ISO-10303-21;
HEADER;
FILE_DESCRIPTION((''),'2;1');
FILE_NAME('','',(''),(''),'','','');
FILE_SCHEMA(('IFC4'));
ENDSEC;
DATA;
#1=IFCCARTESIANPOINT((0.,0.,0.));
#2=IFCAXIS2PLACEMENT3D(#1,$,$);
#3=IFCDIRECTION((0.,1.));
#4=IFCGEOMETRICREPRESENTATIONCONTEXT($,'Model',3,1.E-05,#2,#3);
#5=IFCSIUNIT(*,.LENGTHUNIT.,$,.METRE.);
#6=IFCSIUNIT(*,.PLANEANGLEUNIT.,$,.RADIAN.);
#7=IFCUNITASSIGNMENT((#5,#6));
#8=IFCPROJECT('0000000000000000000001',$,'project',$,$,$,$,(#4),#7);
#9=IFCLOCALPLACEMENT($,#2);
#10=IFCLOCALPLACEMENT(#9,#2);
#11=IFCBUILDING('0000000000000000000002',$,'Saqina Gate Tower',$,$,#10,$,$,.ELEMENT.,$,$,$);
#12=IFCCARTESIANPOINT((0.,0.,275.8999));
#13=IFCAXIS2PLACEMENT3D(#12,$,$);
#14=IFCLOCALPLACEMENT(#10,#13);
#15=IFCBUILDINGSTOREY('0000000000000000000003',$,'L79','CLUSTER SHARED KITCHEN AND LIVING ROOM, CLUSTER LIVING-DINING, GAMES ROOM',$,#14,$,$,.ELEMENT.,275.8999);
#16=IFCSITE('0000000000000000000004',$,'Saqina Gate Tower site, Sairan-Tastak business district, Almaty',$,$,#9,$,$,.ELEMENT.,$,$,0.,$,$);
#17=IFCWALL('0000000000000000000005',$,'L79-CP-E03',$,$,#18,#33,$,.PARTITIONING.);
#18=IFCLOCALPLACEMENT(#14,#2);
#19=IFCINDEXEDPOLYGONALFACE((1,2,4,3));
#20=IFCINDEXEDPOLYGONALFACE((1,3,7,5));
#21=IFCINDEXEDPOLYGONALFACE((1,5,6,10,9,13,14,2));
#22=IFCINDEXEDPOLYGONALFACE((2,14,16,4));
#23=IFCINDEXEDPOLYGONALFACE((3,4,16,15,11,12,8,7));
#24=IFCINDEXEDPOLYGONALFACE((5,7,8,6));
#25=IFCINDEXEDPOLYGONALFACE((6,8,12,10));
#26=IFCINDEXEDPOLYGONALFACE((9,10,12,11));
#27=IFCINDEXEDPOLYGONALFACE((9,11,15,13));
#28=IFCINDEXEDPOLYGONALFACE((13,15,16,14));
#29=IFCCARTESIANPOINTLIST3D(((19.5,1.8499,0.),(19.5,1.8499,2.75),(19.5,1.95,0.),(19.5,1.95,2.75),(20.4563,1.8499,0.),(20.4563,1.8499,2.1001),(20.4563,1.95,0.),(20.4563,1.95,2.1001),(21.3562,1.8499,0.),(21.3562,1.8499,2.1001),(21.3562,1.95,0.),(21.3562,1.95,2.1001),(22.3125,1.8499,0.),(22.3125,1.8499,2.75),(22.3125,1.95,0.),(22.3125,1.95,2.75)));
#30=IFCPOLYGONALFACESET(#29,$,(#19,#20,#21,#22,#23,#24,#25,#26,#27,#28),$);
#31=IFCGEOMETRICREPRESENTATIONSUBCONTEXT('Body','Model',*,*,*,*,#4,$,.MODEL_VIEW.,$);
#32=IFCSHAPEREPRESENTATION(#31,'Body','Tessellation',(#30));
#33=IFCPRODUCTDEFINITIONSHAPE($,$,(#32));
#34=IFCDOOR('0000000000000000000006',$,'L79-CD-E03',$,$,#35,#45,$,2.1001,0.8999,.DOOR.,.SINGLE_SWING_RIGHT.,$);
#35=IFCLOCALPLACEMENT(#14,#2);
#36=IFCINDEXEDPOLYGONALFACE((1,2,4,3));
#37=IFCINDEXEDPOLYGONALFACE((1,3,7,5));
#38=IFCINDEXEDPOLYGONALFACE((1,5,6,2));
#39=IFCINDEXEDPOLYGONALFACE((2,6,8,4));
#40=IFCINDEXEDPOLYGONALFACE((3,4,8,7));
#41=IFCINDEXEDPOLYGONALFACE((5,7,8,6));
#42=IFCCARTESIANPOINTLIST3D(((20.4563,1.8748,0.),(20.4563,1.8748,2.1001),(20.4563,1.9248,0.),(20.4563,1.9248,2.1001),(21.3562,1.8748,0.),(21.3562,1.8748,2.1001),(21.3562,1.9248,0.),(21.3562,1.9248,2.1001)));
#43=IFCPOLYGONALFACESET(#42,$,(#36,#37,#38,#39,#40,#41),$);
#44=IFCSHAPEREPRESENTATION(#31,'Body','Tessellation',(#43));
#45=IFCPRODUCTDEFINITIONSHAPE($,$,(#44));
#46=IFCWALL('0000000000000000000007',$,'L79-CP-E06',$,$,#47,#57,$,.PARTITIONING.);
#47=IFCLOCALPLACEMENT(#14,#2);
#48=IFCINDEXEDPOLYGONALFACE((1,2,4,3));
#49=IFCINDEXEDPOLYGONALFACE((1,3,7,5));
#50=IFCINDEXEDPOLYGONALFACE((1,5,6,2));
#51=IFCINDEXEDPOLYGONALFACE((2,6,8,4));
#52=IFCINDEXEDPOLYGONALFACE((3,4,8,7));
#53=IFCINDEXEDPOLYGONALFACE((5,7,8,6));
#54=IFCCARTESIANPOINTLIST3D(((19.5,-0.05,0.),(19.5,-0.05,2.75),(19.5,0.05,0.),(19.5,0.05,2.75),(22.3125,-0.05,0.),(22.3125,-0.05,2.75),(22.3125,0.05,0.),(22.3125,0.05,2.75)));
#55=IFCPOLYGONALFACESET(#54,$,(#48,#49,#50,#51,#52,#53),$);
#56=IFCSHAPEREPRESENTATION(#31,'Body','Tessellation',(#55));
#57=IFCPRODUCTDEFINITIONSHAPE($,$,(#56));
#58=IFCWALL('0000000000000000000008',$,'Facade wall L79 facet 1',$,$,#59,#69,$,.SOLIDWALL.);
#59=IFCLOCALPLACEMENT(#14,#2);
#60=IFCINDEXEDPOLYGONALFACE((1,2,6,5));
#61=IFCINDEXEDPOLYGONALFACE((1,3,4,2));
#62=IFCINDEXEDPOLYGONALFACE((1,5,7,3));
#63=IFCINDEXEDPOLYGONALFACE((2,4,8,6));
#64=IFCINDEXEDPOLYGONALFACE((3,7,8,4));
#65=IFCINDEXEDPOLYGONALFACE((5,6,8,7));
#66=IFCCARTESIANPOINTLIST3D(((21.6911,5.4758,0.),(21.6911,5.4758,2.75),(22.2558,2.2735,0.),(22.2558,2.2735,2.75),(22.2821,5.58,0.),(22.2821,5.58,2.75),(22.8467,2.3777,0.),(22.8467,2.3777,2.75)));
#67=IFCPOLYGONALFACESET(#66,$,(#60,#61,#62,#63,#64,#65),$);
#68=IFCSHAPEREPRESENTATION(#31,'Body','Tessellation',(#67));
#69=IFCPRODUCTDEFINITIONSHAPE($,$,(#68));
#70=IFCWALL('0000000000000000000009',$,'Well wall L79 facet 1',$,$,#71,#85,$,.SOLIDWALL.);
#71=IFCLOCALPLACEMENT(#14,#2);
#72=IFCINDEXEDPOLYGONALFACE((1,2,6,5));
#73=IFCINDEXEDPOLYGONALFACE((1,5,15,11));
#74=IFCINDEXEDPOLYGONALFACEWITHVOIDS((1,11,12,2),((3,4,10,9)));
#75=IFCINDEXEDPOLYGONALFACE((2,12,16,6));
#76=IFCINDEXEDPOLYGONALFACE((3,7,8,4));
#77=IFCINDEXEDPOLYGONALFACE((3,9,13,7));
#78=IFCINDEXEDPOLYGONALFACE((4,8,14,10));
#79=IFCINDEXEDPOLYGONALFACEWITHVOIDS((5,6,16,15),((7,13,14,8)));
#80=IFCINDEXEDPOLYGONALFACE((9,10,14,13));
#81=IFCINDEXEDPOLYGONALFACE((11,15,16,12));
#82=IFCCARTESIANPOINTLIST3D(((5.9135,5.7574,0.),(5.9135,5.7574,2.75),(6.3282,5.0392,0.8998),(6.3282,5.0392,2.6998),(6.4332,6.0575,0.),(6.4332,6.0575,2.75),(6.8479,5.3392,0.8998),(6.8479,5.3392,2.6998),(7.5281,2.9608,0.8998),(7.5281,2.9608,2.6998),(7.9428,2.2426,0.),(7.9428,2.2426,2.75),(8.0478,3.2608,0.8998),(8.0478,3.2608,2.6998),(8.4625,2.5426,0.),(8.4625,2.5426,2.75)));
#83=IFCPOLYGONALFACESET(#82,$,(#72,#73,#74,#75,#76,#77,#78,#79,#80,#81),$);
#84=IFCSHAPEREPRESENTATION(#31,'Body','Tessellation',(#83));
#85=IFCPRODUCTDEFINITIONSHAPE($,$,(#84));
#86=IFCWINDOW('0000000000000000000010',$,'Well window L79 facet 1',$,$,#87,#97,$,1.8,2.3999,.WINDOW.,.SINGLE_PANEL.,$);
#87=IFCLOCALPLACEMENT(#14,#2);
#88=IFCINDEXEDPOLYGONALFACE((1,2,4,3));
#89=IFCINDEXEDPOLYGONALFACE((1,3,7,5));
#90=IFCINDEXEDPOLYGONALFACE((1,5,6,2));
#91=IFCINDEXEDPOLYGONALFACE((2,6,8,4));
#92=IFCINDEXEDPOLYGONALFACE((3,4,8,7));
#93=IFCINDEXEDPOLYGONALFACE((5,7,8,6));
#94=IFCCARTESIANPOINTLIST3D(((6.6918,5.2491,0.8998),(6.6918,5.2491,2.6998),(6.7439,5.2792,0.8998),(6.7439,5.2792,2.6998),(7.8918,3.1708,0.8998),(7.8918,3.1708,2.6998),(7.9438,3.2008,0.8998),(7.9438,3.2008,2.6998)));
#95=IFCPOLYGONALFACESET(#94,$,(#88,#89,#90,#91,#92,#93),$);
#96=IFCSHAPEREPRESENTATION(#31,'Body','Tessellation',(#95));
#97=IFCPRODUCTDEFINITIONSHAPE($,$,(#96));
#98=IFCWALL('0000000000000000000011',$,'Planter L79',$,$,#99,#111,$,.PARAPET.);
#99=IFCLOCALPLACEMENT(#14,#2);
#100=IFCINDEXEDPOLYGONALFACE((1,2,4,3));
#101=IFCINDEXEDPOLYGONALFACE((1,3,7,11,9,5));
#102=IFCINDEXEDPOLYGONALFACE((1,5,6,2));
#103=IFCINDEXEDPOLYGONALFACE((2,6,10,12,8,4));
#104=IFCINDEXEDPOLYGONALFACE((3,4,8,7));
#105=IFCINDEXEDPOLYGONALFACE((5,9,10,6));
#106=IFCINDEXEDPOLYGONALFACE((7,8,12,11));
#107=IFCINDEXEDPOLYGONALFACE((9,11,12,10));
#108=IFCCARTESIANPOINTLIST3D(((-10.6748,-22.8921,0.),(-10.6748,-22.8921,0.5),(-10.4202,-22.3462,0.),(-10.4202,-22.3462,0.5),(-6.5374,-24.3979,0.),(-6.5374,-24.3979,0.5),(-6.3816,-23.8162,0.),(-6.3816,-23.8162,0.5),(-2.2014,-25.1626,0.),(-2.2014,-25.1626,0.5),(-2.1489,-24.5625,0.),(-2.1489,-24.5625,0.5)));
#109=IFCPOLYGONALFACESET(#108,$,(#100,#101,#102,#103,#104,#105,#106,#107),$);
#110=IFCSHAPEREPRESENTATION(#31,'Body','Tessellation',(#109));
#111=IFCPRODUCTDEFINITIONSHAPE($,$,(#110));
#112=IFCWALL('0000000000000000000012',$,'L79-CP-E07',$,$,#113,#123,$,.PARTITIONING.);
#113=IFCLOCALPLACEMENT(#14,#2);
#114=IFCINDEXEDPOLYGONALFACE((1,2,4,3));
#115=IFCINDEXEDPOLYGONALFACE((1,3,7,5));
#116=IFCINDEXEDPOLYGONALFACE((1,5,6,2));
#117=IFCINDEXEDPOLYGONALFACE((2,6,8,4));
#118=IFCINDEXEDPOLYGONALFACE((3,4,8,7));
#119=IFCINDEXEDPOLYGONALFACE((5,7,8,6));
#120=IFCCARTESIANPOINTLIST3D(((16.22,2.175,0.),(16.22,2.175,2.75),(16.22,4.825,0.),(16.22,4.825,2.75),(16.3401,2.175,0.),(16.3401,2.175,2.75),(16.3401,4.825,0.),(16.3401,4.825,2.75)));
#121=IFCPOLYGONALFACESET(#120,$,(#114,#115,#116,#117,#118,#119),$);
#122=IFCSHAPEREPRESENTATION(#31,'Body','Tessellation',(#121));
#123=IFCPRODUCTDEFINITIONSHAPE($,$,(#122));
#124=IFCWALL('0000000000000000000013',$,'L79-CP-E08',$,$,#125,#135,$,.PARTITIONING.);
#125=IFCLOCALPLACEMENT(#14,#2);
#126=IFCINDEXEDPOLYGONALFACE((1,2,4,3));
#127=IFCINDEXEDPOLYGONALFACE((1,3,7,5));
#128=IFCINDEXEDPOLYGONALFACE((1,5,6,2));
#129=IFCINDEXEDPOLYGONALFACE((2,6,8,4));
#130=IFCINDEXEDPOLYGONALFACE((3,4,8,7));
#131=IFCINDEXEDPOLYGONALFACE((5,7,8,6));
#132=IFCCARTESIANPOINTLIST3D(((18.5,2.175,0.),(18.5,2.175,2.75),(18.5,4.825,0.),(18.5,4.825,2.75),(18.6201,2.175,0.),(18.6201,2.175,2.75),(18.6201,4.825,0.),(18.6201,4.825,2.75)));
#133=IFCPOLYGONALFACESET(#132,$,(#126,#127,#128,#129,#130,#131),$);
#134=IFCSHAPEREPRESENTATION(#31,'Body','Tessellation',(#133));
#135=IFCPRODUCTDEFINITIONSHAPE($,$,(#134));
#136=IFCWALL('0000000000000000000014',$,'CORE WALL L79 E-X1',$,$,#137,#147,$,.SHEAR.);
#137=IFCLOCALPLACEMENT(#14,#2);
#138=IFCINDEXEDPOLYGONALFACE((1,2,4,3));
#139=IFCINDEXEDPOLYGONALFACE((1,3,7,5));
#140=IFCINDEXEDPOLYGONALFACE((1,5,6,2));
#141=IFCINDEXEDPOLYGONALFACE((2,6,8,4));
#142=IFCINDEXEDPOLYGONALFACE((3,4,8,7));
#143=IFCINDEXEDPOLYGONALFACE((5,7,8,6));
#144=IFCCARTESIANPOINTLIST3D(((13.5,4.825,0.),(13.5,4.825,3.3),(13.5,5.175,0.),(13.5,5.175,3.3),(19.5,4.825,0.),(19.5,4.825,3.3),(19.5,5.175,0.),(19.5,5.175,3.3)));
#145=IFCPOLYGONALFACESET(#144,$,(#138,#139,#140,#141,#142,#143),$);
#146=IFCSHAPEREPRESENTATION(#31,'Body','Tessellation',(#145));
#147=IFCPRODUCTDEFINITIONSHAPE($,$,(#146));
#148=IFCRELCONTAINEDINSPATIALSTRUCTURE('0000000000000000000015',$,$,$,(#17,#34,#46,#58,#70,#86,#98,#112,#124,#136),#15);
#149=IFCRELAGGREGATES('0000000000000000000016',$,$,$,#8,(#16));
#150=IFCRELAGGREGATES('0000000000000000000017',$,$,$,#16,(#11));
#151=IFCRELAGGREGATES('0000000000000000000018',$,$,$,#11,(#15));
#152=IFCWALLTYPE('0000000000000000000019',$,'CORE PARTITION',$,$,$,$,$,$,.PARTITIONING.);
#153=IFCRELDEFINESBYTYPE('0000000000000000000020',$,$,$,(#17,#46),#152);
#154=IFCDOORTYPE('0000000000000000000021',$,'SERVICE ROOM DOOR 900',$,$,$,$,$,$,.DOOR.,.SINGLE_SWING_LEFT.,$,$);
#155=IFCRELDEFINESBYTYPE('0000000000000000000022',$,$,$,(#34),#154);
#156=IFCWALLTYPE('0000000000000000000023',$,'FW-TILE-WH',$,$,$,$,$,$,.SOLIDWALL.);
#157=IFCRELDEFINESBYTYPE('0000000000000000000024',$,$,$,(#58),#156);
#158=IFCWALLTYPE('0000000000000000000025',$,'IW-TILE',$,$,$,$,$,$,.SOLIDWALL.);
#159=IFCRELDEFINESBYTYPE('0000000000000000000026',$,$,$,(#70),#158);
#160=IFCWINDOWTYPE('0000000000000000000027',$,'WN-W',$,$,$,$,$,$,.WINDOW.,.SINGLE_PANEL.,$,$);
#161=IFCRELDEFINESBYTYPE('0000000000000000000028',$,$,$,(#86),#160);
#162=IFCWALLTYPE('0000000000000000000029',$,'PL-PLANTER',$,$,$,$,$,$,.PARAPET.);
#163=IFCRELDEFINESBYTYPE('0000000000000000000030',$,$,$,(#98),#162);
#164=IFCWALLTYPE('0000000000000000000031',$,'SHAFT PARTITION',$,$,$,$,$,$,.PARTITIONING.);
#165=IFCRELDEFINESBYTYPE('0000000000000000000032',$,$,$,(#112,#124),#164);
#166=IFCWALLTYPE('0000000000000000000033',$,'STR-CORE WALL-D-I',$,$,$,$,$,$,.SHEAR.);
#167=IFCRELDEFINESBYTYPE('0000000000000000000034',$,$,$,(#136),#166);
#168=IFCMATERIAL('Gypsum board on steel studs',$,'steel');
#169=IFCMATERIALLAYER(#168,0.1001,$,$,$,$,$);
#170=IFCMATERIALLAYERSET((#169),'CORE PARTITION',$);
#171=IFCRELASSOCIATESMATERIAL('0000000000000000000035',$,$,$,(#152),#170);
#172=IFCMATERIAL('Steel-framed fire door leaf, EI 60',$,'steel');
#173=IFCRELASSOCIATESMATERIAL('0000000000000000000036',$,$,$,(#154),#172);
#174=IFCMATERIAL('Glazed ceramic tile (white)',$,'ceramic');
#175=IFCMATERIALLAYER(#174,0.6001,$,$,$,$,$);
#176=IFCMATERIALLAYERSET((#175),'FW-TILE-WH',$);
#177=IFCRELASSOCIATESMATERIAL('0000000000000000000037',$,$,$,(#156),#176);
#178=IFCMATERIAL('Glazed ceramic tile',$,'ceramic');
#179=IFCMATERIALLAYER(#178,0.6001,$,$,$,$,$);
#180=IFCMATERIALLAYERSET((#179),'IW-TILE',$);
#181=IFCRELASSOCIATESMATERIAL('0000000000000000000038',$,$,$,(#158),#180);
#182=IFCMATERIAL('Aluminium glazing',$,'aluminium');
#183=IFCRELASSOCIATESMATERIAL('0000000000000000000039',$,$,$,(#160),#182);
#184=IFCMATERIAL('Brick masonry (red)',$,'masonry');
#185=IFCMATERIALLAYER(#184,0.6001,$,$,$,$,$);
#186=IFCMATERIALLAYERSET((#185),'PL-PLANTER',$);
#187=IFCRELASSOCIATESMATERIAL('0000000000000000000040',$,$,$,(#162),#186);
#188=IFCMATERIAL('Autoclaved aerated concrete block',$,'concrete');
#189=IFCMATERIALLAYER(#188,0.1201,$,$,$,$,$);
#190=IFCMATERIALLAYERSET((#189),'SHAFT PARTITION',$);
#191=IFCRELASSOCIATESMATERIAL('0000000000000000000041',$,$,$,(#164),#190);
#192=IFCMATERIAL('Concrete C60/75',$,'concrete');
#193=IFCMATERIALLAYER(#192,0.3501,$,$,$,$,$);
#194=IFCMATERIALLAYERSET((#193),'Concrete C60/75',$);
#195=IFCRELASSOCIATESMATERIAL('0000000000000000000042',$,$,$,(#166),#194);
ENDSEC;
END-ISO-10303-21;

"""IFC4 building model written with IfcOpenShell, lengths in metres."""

from ifc_helpers import new_model, si_unit, direction, frame, frame_2d, origin, place, context, subcontext, project, spatial, polyline, rectangle, outline, extrude, material, layer, layer_set, type_object, element, fill, save


model = new_model("IFC4")

# Units and contexts
model_context = context("Model", 3, precision=1e-05, world=origin(), true_north=direction((0.0, 1.0)))
body_context = subcontext(model_context, "Body", "Model", "MODEL_VIEW")
ifc_project = project(units=[si_unit("LENGTHUNIT", "METRE"), si_unit("PLANEANGLEUNIT", "RADIAN")], contexts=[model_context])

# Site, building, storey
site_placement = place(None, origin())
site = spatial("IfcSite", under=ifc_project, at=site_placement, Name="Saqina Gate Tower site, Sairan-Tastak business district, Almaty", CompositionType="ELEMENT", RefElevation=0.0)
building_placement = place(site_placement, origin())
building = spatial("IfcBuilding", under=site, at=building_placement, Name="Saqina Gate Tower", CompositionType="ELEMENT")
storey_placement = place(building_placement, frame((0.0, 0.0, 275.8999)))
storey = spatial("IfcBuildingStorey", under=building, at=storey_placement, Name="L79", Description="CLUSTER SHARED KITCHEN AND LIVING ROOM, CLUSTER LIVING-DINING, GAMES ROOM", CompositionType="ELEMENT", Elevation=275.8999)

# Shared definitions
ifc_material_1 = material(Name="Gypsum board on steel studs", Category="steel")
ifc_layer_1 = layer(ifc_material_1, 0.1001)
ifc_layer_set_1 = layer_set([ifc_layer_1], Name="CORE PARTITION")
wall_type_1 = type_object("IfcWallType", Name="CORE PARTITION", PredefinedType="PARTITIONING", material=ifc_layer_set_1)

# Wall, opening, door
wall_1_placement = place(storey_placement, frame((19.5, 1.8999, 0.0), z_axis=(0.0, 0.0, 1.0), x_axis=(1.0, 0.0, 0.0)))
wall_1 = element("IfcWall", 1, at=wall_1_placement, inside=storey, type_object=wall_type_1, Name="L79-CP-E03", PredefinedType="PARTITIONING", context=body_context, shape_type="SweptSolid", body=[
    extrude(rectangle(XDim=2.8125, YDim=0.1001, at=frame_2d((1.4062, 0.0))), origin(), (0.0, 0.0, 1.0), 2.75),
])
opening_1_placement = place(wall_1_placement, frame((0.9563, 0.0, 0.0)))
opening_1 = element("IfcOpeningElement", 2, at=opening_1_placement, cuts=wall_1, PredefinedType="OPENING", context=body_context, shape_type="SweptSolid", body=[
    extrude(rectangle(XDim=0.8999, YDim=2.1001, at=frame_2d((0.45, 1.05))), frame((0.0, 0.062, 0.0), z_axis=(0.0, -1.0, 0.0), x_axis=(1.0, 0.0, 0.0)), (0.0, 0.0, 1.0), 0.124),
])
ifc_material_2 = material(Name="Steel-framed fire door leaf, EI 60", Category="steel")
door_type_1 = type_object("IfcDoorType", Name="SERVICE ROOM DOOR 900", OperationType="SINGLE_SWING_LEFT", PredefinedType="DOOR", material=ifc_material_2)
door_1_placement = place(opening_1_placement, origin())
door_1 = element("IfcDoor", 3, at=door_1_placement, inside=storey, type_object=door_type_1, Name="L79-CD-E03", OperationType="SINGLE_SWING_RIGHT", OverallHeight=2.1001, OverallWidth=0.8999, PredefinedType="DOOR", context=body_context, shape_type="SweptSolid", body=[
    extrude(rectangle(XDim=0.8999, YDim=2.1001, at=frame_2d((0.45, 1.05))), frame((0.0, 0.0249, 0.0), z_axis=(0.0, -1.0, 0.0), x_axis=(1.0, 0.0, 0.0)), (0.0, 0.0, 1.0), 0.05),
])
fill(opening_1, door_1)

# Walls
wall_2_placement = place(storey_placement, frame((19.5, 0.0, 0.0), z_axis=(0.0, 0.0, 1.0), x_axis=(1.0, 0.0, 0.0)))
element("IfcWall", 4, at=wall_2_placement, inside=storey, type_object=wall_type_1, Name="L79-CP-E06", PredefinedType="PARTITIONING", context=body_context, shape_type="SweptSolid", body=[
    extrude(rectangle(XDim=2.8125, YDim=0.1001, at=frame_2d((1.4062, 0.0))), origin(), (0.0, 0.0, 1.0), 2.75),
])
ifc_material_3 = material(Name="Glazed ceramic tile (white)", Category="ceramic")
ifc_layer_2 = layer(ifc_material_3, 0.6001)
ifc_layer_set_2 = layer_set([ifc_layer_2], Name="FW-TILE-WH")
wall_type_2 = type_object("IfcWallType", Name="FW-TILE-WH", PredefinedType="SOLIDWALL", material=ifc_layer_set_2)
wall_3_placement = place(storey_placement, frame((22.5513, 2.3254, 0.0), z_axis=(0.0, 0.0, 1.0), x_axis=(-0.173657, 0.984806, 0.0)))
element("IfcWall", 5, at=wall_3_placement, inside=storey, type_object=wall_type_2, Name="Facade wall L79 facet 1", PredefinedType="SOLIDWALL", context=body_context, shape_type="SweptSolid", body=[
    extrude(rectangle(XDim=3.2517, YDim=0.6001, at=frame_2d((1.626, 0.0))), origin(), (0.0, 0.0, 1.0), 2.75),
])

# Wall, opening, window
ifc_material_4 = material(Name="Glazed ceramic tile", Category="ceramic")
ifc_layer_3 = layer(ifc_material_4, 0.6001)
ifc_layer_set_3 = layer_set([ifc_layer_3], Name="IW-TILE")
wall_type_3 = type_object("IfcWallType", Name="IW-TILE", PredefinedType="SOLIDWALL", material=ifc_layer_set_3)
wall_4_placement = place(storey_placement, frame((8.2026, 2.3926, 0.0), z_axis=(0.0, 0.0, 1.0), x_axis=(-0.499995, 0.866028, 0.0)))
wall_4 = element("IfcWall", 6, at=wall_4_placement, inside=storey, type_object=wall_type_3, Name="Well wall L79 facet 1", PredefinedType="SOLIDWALL", context=body_context, shape_type="SweptSolid", body=[
    extrude(rectangle(XDim=4.0586, YDim=0.6001, at=frame_2d((2.0293, 0.0))), origin(), (0.0, 0.0, 1.0), 2.75),
])
opening_2_placement = place(wall_4_placement, frame((0.8293, 0.0, 0.8999)))
opening_2 = element("IfcOpeningElement", 7, at=opening_2_placement, cuts=wall_4, PredefinedType="OPENING", context=body_context, shape_type="SweptSolid", body=[
    extrude(rectangle(XDim=2.3999, YDim=1.8, at=frame_2d((1.2, 0.8999))), frame((0.0, 0.312, 0.0), z_axis=(0.0, -1.0, 0.0), x_axis=(1.0, 0.0, 0.0)), (0.0, 0.0, 1.0), 0.624),
])
ifc_material_5 = material(Name="Aluminium glazing", Category="aluminium")
window_type = type_object("IfcWindowType", Name="WN-W", PartitioningType="SINGLE_PANEL", PredefinedType="WINDOW", material=ifc_material_5)
window_placement = place(opening_2_placement, origin())
window = element("IfcWindow", 8, at=window_placement, inside=storey, type_object=window_type, Name="Well window L79 facet 1", OverallHeight=1.8, OverallWidth=2.3999, PartitioningType="SINGLE_PANEL", PredefinedType="WINDOW", context=body_context, shape_type="SweptSolid", body=[
    extrude(rectangle(XDim=2.3999, YDim=1.8, at=frame_2d((1.2, 0.8999))), frame((0.0, -0.1199, 0.0), z_axis=(0.0, -1.0, 0.0), x_axis=(1.0, 0.0, 0.0)), (0.0, 0.0, 1.0), 0.0601),
])
fill(opening_2, window)

# Walls
ifc_material_6 = material(Name="Brick masonry (red)", Category="masonry")
ifc_layer_4 = layer(ifc_material_6, 0.6001)
ifc_layer_set_4 = layer_set([ifc_layer_4], Name="PL-PLANTER")
wall_type_4 = type_object("IfcWallType", Name="PL-PLANTER", PredefinedType="PARAPET", material=ifc_layer_set_4)
wall_5_placement = place(storey_placement, origin())
element("IfcWall", 9, at=wall_5_placement, inside=storey, type_object=wall_type_4, Name="Planter L79", PredefinedType="PARAPET", context=body_context, shape_type="SweptSolid", body=[
    extrude(outline(polyline([(-10.6748, -22.8921), (-6.5374, -24.3979), (-2.2014, -25.1626), (-2.1489, -24.5625), (-6.3816, -23.8162), (-10.4202, -22.3462), (-10.6748, -22.8921)])), origin(), (0.0, 0.0, 1.0), 0.5),
])
ifc_material_7 = material(Name="Autoclaved aerated concrete block", Category="concrete")
ifc_layer_5 = layer(ifc_material_7, 0.1201)
ifc_layer_set_5 = layer_set([ifc_layer_5], Name="SHAFT PARTITION")
wall_type_5 = type_object("IfcWallType", Name="SHAFT PARTITION", PredefinedType="PARTITIONING", material=ifc_layer_set_5)
for number, where, z_axis, x_axis, name in (
    (10, (16.28, 2.175, 0.0), (0.0, 0.0, 1.0), (0.0, 1.0, 0.0), "L79-CP-E07"),
    (11, (18.5601, 2.175, 0.0), (0.0, 0.0, 1.0), (0.0, 1.0, 0.0), "L79-CP-E08"),
):
    element("IfcWall", number, at=place(storey_placement, frame(where, z_axis=z_axis, x_axis=x_axis)), inside=storey, type_object=wall_type_5, Name=name, PredefinedType="PARTITIONING", context=body_context, shape_type="SweptSolid", body=[
        extrude(rectangle(XDim=2.6499, YDim=0.1201, at=frame_2d((1.325, 0.0))), origin(), (0.0, 0.0, 1.0), 2.75),
    ])
ifc_material_8 = material(Name="Concrete C60/75", Category="concrete")
ifc_layer_6 = layer(ifc_material_8, 0.3501)
ifc_layer_set_6 = layer_set([ifc_layer_6], Name="Concrete C60/75")
wall_type_6 = type_object("IfcWallType", Name="STR-CORE WALL-D-I", PredefinedType="SHEAR", material=ifc_layer_set_6)
wall_6_placement = place(storey_placement, frame((13.5, 5.0, 0.0), z_axis=(0.0, 0.0, 1.0), x_axis=(1.0, 0.0, 0.0)))
element("IfcWall", 12, at=wall_6_placement, inside=storey, type_object=wall_type_6, Name="CORE WALL L79 E-X1", PredefinedType="SHEAR", context=body_context, shape_type="SweptSolid", body=[
    extrude(rectangle(XDim=6.0, YDim=0.3501, at=frame_2d((3.0, 0.0))), origin(), (0.0, 0.0, 1.0), 3.3),
])

save(model, "model.ifc")
